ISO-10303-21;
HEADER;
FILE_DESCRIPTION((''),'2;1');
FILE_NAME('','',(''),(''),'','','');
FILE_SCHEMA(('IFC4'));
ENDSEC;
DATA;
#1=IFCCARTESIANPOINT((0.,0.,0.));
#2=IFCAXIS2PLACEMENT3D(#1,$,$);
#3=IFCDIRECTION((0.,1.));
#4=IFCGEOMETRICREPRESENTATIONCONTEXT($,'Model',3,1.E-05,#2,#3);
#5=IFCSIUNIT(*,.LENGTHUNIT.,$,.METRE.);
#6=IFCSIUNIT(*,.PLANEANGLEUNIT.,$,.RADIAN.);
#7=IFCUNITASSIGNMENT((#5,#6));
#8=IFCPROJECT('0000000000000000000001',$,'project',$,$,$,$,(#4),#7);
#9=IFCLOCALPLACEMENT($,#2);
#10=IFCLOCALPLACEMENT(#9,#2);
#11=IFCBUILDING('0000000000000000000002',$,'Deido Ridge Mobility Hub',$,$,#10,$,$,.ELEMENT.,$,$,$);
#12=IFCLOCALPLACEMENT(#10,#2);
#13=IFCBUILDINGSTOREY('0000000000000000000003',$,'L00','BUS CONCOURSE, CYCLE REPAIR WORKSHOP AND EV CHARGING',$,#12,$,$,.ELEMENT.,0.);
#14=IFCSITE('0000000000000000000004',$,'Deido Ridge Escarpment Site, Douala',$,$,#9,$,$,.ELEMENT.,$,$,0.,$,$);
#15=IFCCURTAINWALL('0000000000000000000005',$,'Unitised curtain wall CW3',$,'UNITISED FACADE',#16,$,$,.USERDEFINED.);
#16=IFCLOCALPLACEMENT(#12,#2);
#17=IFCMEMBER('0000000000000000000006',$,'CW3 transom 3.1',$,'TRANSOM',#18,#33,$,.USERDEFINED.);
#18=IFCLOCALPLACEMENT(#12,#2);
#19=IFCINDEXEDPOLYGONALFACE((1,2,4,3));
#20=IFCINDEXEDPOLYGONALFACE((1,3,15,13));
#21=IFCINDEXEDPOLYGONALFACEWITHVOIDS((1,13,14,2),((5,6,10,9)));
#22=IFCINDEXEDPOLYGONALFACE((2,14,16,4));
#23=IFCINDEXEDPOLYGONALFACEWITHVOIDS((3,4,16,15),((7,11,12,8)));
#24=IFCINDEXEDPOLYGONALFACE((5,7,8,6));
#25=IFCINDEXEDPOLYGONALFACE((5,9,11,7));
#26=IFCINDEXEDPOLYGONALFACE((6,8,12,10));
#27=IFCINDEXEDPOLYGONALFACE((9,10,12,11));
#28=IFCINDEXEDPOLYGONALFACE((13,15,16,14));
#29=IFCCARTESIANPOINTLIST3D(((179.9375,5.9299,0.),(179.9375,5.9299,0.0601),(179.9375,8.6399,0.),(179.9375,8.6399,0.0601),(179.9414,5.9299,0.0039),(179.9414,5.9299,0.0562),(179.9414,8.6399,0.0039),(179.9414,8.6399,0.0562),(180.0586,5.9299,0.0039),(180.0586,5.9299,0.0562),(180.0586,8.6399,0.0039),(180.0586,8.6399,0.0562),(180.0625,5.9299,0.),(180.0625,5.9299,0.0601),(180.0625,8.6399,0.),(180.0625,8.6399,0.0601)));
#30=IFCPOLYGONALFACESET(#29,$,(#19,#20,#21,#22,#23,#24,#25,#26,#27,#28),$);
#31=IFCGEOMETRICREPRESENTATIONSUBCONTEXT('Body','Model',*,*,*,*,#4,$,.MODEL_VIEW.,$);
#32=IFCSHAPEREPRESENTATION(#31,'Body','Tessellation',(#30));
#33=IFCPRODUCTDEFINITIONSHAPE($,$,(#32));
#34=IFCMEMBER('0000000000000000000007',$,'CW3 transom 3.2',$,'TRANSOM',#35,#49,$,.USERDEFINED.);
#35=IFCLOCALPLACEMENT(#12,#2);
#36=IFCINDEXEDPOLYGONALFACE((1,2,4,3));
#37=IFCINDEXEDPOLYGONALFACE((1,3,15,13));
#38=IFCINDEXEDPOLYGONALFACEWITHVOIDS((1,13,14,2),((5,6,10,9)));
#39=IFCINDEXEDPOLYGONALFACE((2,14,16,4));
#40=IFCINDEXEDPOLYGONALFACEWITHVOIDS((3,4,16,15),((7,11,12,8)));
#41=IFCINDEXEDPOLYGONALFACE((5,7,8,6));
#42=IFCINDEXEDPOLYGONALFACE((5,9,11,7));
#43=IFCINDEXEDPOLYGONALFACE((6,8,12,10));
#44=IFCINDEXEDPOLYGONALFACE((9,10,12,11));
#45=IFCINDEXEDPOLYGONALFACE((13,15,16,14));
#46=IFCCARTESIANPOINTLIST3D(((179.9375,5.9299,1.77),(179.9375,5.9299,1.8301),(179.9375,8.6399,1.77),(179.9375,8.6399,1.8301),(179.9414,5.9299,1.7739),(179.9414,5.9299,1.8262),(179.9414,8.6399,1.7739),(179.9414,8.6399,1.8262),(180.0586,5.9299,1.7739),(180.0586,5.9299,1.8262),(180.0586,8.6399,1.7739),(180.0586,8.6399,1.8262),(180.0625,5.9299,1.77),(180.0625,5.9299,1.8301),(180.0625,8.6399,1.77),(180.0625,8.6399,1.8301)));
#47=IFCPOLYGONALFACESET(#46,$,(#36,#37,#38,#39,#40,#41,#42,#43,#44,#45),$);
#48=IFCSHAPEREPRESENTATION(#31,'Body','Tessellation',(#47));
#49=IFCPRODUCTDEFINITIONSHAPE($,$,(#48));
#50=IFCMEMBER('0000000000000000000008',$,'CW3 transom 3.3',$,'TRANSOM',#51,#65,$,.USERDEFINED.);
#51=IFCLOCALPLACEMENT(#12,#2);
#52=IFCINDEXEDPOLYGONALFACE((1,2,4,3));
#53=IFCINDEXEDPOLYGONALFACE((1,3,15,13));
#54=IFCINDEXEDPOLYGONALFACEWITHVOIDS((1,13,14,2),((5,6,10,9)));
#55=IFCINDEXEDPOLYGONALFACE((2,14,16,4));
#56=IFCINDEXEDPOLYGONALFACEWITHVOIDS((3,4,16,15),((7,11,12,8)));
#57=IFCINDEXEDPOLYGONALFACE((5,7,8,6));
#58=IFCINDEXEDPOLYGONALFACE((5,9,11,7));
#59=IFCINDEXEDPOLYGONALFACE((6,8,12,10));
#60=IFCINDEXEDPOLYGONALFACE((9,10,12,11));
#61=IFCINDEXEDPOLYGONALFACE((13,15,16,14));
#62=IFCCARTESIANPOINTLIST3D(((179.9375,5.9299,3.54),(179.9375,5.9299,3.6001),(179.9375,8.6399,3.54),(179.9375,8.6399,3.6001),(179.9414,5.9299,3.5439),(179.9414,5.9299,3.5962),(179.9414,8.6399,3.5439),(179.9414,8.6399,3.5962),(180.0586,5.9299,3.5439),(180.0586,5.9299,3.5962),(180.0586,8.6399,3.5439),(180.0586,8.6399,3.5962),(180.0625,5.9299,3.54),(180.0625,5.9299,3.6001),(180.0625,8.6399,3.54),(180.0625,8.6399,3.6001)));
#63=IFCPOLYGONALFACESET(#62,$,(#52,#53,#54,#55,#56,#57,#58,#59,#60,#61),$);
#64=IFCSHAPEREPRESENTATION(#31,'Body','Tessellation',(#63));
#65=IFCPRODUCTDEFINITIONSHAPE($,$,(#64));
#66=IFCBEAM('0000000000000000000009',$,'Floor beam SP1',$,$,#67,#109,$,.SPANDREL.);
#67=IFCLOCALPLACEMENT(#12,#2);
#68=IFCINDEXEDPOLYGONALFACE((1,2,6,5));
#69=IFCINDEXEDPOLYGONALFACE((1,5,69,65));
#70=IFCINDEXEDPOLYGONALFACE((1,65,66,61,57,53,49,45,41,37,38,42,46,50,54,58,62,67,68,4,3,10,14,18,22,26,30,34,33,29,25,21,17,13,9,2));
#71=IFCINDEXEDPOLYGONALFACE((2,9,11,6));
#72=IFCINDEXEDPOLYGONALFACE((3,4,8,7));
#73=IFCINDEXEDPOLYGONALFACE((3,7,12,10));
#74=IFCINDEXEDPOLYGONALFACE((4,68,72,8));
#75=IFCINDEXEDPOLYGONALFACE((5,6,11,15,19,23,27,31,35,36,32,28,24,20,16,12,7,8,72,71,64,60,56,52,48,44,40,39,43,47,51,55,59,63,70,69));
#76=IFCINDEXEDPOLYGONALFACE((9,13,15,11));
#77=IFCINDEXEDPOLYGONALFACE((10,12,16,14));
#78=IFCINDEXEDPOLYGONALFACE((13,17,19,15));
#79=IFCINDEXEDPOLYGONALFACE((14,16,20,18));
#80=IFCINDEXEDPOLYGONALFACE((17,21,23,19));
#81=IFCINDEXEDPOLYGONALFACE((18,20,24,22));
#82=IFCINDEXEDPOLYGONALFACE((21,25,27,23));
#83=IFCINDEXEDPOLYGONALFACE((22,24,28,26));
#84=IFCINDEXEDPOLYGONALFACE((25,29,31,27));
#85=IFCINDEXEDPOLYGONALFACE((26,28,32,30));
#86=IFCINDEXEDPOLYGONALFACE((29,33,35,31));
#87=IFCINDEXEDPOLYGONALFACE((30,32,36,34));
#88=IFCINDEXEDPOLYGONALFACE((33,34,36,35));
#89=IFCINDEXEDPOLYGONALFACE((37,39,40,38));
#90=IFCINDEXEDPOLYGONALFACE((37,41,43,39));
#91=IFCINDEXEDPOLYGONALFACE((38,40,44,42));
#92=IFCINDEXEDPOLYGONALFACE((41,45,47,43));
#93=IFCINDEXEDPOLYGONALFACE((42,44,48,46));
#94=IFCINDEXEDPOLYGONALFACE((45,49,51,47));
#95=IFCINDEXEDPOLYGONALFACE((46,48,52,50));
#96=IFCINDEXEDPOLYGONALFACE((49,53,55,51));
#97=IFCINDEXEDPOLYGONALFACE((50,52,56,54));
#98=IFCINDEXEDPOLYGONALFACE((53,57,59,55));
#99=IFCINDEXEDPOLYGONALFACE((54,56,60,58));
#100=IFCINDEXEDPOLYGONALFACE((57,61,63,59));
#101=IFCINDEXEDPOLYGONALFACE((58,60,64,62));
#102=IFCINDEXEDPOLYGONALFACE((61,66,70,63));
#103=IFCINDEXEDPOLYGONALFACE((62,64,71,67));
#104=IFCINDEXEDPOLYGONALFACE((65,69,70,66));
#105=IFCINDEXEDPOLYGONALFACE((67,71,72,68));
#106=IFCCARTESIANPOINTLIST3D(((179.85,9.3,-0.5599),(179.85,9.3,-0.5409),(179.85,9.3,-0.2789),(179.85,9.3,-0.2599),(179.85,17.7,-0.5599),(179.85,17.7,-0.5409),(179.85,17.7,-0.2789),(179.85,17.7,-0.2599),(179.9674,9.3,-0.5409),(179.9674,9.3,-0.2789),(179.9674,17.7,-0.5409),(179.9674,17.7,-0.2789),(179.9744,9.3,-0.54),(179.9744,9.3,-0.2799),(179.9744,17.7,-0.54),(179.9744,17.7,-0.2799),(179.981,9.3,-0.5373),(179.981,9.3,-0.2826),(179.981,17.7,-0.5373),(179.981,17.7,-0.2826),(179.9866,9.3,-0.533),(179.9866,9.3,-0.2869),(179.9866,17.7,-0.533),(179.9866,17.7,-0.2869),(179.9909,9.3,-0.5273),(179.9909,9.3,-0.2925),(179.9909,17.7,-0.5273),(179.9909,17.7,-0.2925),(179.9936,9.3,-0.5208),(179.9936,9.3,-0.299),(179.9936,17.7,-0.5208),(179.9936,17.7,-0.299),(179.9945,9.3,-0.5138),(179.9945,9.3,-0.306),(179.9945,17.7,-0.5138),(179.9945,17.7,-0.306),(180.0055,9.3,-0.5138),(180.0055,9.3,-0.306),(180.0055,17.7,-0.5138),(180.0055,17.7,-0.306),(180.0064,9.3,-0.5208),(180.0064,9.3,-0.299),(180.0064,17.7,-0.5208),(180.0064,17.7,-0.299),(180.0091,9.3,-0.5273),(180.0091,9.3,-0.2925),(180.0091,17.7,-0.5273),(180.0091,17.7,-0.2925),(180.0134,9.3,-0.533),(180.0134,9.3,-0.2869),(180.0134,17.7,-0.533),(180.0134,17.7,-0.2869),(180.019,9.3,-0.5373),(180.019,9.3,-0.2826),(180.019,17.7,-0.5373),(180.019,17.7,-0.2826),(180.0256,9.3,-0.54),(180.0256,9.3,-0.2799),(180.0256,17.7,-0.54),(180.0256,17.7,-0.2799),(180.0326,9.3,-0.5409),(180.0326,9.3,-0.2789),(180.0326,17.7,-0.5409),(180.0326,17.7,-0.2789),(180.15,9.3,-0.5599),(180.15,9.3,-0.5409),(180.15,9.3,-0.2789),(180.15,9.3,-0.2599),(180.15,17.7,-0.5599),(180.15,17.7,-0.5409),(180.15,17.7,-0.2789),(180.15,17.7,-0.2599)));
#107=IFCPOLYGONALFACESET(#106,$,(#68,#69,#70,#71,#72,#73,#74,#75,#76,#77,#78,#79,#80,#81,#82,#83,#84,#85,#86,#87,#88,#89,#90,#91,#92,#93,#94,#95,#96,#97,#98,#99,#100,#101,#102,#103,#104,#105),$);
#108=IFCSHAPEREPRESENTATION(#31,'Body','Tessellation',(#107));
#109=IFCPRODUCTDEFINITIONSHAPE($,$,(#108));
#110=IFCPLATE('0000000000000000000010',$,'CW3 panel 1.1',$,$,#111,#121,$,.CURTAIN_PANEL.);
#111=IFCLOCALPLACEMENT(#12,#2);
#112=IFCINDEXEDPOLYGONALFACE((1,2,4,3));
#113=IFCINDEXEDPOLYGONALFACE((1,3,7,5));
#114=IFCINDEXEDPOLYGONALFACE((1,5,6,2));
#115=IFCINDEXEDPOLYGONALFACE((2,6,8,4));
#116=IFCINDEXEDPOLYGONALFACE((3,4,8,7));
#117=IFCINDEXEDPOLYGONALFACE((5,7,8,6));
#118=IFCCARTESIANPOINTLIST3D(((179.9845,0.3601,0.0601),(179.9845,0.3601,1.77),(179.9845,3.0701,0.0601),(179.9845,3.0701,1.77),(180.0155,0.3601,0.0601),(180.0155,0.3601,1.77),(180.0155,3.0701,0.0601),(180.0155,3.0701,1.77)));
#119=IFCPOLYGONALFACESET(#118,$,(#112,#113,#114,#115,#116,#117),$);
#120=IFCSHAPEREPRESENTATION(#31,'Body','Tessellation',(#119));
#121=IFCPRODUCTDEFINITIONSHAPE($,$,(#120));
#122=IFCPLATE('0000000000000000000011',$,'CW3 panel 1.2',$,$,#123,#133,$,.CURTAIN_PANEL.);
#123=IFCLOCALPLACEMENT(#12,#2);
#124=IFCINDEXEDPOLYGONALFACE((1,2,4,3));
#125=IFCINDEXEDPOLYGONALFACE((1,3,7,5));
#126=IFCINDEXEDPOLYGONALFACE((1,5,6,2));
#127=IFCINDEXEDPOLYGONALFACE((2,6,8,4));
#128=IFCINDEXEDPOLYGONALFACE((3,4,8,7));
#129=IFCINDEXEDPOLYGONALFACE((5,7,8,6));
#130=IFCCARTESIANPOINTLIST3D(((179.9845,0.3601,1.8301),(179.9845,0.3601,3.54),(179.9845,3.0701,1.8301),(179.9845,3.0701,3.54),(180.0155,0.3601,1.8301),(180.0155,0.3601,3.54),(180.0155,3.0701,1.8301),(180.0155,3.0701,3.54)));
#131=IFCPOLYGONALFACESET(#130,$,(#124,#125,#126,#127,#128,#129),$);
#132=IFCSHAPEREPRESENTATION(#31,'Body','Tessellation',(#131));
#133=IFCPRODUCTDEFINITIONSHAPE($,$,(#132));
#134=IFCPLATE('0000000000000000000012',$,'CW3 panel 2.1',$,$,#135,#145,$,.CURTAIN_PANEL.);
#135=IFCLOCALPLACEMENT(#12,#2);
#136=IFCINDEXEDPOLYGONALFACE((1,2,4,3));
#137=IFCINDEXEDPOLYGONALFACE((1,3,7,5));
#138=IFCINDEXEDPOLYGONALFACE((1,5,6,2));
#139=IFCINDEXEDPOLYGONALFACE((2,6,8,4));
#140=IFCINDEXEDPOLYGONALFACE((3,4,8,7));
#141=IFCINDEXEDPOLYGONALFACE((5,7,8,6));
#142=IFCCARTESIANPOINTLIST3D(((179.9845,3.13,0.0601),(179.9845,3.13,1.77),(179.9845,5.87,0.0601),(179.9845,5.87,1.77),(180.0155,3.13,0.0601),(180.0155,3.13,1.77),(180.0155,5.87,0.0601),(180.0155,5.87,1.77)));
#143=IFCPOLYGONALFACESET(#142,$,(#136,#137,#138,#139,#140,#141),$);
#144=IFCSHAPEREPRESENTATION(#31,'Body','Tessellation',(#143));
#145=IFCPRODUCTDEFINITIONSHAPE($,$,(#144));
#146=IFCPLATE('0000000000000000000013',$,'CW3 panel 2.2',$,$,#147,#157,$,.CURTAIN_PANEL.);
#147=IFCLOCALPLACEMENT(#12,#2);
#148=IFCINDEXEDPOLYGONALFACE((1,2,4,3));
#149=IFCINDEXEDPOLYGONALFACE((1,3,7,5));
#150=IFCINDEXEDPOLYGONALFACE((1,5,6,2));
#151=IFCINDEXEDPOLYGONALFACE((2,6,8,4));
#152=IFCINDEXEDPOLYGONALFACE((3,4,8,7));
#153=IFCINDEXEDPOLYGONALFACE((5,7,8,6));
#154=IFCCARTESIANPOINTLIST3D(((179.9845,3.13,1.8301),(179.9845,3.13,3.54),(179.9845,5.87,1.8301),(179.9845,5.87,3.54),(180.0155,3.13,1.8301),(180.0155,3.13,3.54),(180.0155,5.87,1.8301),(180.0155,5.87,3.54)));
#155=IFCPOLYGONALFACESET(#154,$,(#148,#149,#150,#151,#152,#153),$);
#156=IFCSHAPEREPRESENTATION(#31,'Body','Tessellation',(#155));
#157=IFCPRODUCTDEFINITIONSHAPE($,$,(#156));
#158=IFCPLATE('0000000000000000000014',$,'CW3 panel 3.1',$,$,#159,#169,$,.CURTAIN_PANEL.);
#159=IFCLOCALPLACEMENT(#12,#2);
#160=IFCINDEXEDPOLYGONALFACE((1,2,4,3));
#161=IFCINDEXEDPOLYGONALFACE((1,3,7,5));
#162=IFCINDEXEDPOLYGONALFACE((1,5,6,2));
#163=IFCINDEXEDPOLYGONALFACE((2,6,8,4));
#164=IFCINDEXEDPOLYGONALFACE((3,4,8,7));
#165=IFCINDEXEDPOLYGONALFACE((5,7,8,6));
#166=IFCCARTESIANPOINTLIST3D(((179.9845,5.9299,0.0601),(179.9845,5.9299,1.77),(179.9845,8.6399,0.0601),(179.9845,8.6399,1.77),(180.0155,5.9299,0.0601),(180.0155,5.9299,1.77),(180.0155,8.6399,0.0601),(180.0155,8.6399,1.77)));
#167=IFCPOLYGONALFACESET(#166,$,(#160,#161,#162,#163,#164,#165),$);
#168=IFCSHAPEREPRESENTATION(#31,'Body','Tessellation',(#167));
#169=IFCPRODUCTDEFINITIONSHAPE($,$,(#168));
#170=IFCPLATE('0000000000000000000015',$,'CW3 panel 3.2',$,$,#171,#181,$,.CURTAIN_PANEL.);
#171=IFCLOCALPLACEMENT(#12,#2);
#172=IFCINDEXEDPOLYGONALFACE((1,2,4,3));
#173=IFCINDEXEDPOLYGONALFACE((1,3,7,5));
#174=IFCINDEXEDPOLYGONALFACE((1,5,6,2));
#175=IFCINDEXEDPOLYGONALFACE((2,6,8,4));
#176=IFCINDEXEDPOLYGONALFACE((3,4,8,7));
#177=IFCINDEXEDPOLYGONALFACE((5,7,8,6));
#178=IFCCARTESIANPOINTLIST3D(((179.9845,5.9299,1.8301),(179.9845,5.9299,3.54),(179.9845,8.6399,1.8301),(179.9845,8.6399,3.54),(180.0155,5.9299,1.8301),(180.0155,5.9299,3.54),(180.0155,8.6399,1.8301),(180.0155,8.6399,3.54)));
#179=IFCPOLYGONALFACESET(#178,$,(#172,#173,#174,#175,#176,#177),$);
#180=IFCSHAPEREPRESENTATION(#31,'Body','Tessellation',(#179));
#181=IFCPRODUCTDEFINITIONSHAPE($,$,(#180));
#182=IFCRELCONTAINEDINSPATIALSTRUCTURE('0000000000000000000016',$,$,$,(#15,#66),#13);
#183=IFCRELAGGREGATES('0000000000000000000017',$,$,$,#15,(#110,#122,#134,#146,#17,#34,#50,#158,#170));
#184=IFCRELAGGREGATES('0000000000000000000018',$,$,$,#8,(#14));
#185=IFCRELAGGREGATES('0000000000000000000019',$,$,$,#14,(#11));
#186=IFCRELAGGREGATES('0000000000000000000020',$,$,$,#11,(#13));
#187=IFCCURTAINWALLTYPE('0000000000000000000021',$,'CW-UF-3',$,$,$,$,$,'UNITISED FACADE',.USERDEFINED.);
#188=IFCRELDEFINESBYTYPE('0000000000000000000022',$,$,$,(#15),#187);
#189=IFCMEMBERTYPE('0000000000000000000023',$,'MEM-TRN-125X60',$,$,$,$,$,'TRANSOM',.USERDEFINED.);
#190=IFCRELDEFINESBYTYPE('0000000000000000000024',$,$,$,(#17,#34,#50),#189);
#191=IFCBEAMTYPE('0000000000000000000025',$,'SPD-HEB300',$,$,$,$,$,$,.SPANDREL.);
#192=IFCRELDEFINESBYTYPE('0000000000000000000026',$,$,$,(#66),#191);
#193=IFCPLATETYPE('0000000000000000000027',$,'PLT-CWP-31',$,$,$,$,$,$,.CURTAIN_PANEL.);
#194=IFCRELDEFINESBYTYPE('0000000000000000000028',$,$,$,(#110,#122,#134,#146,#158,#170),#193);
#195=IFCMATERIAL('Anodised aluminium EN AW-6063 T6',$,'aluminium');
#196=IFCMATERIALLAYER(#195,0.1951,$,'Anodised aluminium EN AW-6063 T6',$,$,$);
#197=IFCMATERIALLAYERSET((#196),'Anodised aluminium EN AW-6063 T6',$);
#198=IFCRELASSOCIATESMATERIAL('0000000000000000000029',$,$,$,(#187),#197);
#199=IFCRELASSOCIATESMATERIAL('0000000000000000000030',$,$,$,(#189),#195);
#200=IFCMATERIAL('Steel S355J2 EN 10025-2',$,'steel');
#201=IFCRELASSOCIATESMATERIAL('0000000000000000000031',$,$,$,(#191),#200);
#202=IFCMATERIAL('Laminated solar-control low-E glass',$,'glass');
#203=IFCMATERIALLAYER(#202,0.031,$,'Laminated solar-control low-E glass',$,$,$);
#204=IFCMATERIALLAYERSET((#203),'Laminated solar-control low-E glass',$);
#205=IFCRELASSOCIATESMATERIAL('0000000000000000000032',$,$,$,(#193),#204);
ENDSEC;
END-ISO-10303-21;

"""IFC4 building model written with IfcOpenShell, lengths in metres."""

from ifc_helpers import new_model, si_unit, direction, frame, origin, origin_2d, place, context, subcontext, project, spatial, rectangle, hollow_rectangle, i_section, extrude, material, layer, layer_set, material_profile, profile_set, type_object, element, aggregate, save


model = new_model("IFC4")

# Units and contexts
model_context = context("Model", 3, precision=1e-05, world=origin(), true_north=direction((0.0, 1.0)))
body_context = subcontext(model_context, "Body", "Model", "MODEL_VIEW")
ifc_project = project(units=[si_unit("LENGTHUNIT", "METRE"), si_unit("PLANEANGLEUNIT", "RADIAN")], contexts=[model_context])

# Site, building, storey
site_placement = place(None, origin())
site = spatial("IfcSite", under=ifc_project, at=site_placement, Name="Deido Ridge Escarpment Site, Douala", CompositionType="ELEMENT", RefElevation=0.0)
building_placement = place(site_placement, origin())
building = spatial("IfcBuilding", under=site, at=building_placement, Name="Deido Ridge Mobility Hub", CompositionType="ELEMENT")
storey_placement = place(building_placement, origin())
storey = spatial("IfcBuildingStorey", under=building, at=storey_placement, Name="L00", Description="BUS CONCOURSE, CYCLE REPAIR WORKSHOP AND EV CHARGING", CompositionType="ELEMENT", Elevation=0.0)

# Shared definitions
ifc_material_1 = material(Name="Steel S355J2 EN 10025-2", Category="steel")

# Curtain wall, members
ifc_material_2 = material(Name="Anodised aluminium EN AW-6063 T6", Category="aluminium")
ifc_layer_1 = layer(ifc_material_2, 0.1951, Name="Anodised aluminium EN AW-6063 T6")
ifc_layer_set_1 = layer_set([ifc_layer_1], Name="Anodised aluminium EN AW-6063 T6")
curtain_wall_type = type_object("IfcCurtainWallType", Name="CW-UF-3", ElementType="UNITISED FACADE", PredefinedType="USERDEFINED", material=ifc_layer_set_1)
curtain_wall_placement = place(storey_placement, origin())
curtain_wall = element("IfcCurtainWall", 1, at=curtain_wall_placement, inside=storey, type_object=curtain_wall_type, Name="Unitised curtain wall CW3", ObjectType="UNITISED FACADE", PredefinedType="USERDEFINED")
ifc_material_profile_1 = material_profile(ifc_material_2, hollow_rectangle(XDim=0.125, YDim=0.0601, WallThickness=0.0039, at=origin_2d()), Name="RHS 125x60x4")
ifc_profile_set_1 = profile_set([ifc_material_profile_1], Name="Anodised aluminium EN AW-6063 T6")
member_type_1 = type_object("IfcMemberType", Name="MEM-TRN-125X60", ElementType="TRANSOM", PredefinedType="USERDEFINED", material=ifc_profile_set_1)
member_1_placement = place(storey_placement, frame((180.0, 5.9299, 0.03), z_axis=(0.0, 1.0, 0.0), x_axis=(-1.0, 0.0, 0.0)))
member_1 = element("IfcMember", 2, at=member_1_placement, type_object=member_type_1, Name="CW3 transom 3.1", ObjectType="TRANSOM", PredefinedType="USERDEFINED", context=body_context, shape_type="SweptSolid", body=[
    extrude(hollow_rectangle(XDim=0.125, YDim=0.0601, WallThickness=0.0039, at=origin_2d()), origin(), (0.0, 0.0, 1.0), 2.71),
])
member_2_placement = place(storey_placement, frame((180.0, 5.9299, 1.8), z_axis=(0.0, 1.0, 0.0), x_axis=(-1.0, 0.0, 0.0)))
member_2 = element("IfcMember", 3, at=member_2_placement, type_object=member_type_1, Name="CW3 transom 3.2", ObjectType="TRANSOM", PredefinedType="USERDEFINED", context=body_context, shape_type="SweptSolid", body=[
    extrude(hollow_rectangle(XDim=0.125, YDim=0.0601, WallThickness=0.0039, at=origin_2d()), origin(), (0.0, 0.0, 1.0), 2.71),
])
member_3_placement = place(storey_placement, frame((180.0, 5.9299, 3.5701), z_axis=(0.0, 1.0, 0.0), x_axis=(-1.0, 0.0, 0.0)))
member_3 = element("IfcMember", 4, at=member_3_placement, type_object=member_type_1, Name="CW3 transom 3.3", ObjectType="TRANSOM", PredefinedType="USERDEFINED", context=body_context, shape_type="SweptSolid", body=[
    extrude(hollow_rectangle(XDim=0.125, YDim=0.0601, WallThickness=0.0039, at=origin_2d()), origin(), (0.0, 0.0, 1.0), 2.71),
])

# Beam
ifc_material_profile_2 = material_profile(ifc_material_1, i_section(OverallWidth=0.3, OverallDepth=0.3, WebThickness=0.011, FlangeThickness=0.019, FilletRadius=0.0271, at=origin_2d()), Name="HEB 300")
ifc_profile_set_2 = profile_set([ifc_material_profile_2], Name="Steel S355J2 EN 10025-2")
beam_type = type_object("IfcBeamType", Name="SPD-HEB300", PredefinedType="SPANDREL", material=ifc_profile_set_2)
beam_placement = place(storey_placement, frame((180.0, 9.3, -0.4099), z_axis=(0.0, 1.0, 0.0), x_axis=(-1.0, 0.0, 0.0)))
element("IfcBeam", 5, at=beam_placement, inside=storey, type_object=beam_type, Name="Floor beam SP1", PredefinedType="SPANDREL", context=body_context, shape_type="SweptSolid", body=[
    extrude(i_section(OverallWidth=0.3, OverallDepth=0.3, WebThickness=0.011, FlangeThickness=0.019, FilletRadius=0.0271, at=origin_2d()), origin(), (0.0, 0.0, 1.0), 8.3999),
])

# Plates
ifc_material_3 = material(Name="Laminated solar-control low-E glass", Category="glass")
ifc_layer_2 = layer(ifc_material_3, 0.031, Name="Laminated solar-control low-E glass")
ifc_layer_set_2 = layer_set([ifc_layer_2], Name="Laminated solar-control low-E glass")
plate_type = type_object("IfcPlateType", Name="PLT-CWP-31", PredefinedType="CURTAIN_PANEL", material=ifc_layer_set_2)
plate_1_placement = place(storey_placement, frame((180.0, 1.7151, 0.0601), z_axis=(0.0, 0.0, 1.0), x_axis=(0.0, 1.0, 0.0)))
plate_1 = element("IfcPlate", 6, at=plate_1_placement, type_object=plate_type, Name="CW3 panel 1.1", PredefinedType="CURTAIN_PANEL", context=body_context, shape_type="SweptSolid", body=[
    extrude(rectangle(XDim=2.71, YDim=0.031, at=origin_2d()), origin(), (0.0, 0.0, 1.0), 1.71),
])
plate_2_placement = place(storey_placement, frame((180.0, 1.7151, 1.8301), z_axis=(0.0, 0.0, 1.0), x_axis=(0.0, 1.0, 0.0)))
plate_2 = element("IfcPlate", 7, at=plate_2_placement, type_object=plate_type, Name="CW3 panel 1.2", PredefinedType="CURTAIN_PANEL", context=body_context, shape_type="SweptSolid", body=[
    extrude(rectangle(XDim=2.71, YDim=0.031, at=origin_2d()), origin(), (0.0, 0.0, 1.0), 1.71),
])
plate_3_placement = place(storey_placement, frame((180.0, 4.5, 0.0601), z_axis=(0.0, 0.0, 1.0), x_axis=(0.0, 1.0, 0.0)))
plate_3 = element("IfcPlate", 8, at=plate_3_placement, type_object=plate_type, Name="CW3 panel 2.1", PredefinedType="CURTAIN_PANEL", context=body_context, shape_type="SweptSolid", body=[
    extrude(rectangle(XDim=2.74, YDim=0.031, at=origin_2d()), origin(), (0.0, 0.0, 1.0), 1.71),
])
plate_4_placement = place(storey_placement, frame((180.0, 4.5, 1.8301), z_axis=(0.0, 0.0, 1.0), x_axis=(0.0, 1.0, 0.0)))
plate_4 = element("IfcPlate", 9, at=plate_4_placement, type_object=plate_type, Name="CW3 panel 2.2", PredefinedType="CURTAIN_PANEL", context=body_context, shape_type="SweptSolid", body=[
    extrude(rectangle(XDim=2.74, YDim=0.031, at=origin_2d()), origin(), (0.0, 0.0, 1.0), 1.71),
])
plate_5_placement = place(storey_placement, frame((180.0, 7.2849, 0.0601), z_axis=(0.0, 0.0, 1.0), x_axis=(0.0, 1.0, 0.0)))
plate_5 = element("IfcPlate", 10, at=plate_5_placement, type_object=plate_type, Name="CW3 panel 3.1", PredefinedType="CURTAIN_PANEL", context=body_context, shape_type="SweptSolid", body=[
    extrude(rectangle(XDim=2.71, YDim=0.031, at=origin_2d()), origin(), (0.0, 0.0, 1.0), 1.71),
])
plate_6_placement = place(storey_placement, frame((180.0, 7.2849, 1.8301), z_axis=(0.0, 0.0, 1.0), x_axis=(0.0, 1.0, 0.0)))
plate_6 = element("IfcPlate", 11, at=plate_6_placement, type_object=plate_type, Name="CW3 panel 3.2", PredefinedType="CURTAIN_PANEL", context=body_context, shape_type="SweptSolid", body=[
    extrude(rectangle(XDim=2.71, YDim=0.031, at=origin_2d()), origin(), (0.0, 0.0, 1.0), 1.71),
])
aggregate(curtain_wall, [plate_1, plate_2, plate_3, plate_4, member_1, member_2, member_3, plate_5, plate_6])

save(model, "model.ifc")
